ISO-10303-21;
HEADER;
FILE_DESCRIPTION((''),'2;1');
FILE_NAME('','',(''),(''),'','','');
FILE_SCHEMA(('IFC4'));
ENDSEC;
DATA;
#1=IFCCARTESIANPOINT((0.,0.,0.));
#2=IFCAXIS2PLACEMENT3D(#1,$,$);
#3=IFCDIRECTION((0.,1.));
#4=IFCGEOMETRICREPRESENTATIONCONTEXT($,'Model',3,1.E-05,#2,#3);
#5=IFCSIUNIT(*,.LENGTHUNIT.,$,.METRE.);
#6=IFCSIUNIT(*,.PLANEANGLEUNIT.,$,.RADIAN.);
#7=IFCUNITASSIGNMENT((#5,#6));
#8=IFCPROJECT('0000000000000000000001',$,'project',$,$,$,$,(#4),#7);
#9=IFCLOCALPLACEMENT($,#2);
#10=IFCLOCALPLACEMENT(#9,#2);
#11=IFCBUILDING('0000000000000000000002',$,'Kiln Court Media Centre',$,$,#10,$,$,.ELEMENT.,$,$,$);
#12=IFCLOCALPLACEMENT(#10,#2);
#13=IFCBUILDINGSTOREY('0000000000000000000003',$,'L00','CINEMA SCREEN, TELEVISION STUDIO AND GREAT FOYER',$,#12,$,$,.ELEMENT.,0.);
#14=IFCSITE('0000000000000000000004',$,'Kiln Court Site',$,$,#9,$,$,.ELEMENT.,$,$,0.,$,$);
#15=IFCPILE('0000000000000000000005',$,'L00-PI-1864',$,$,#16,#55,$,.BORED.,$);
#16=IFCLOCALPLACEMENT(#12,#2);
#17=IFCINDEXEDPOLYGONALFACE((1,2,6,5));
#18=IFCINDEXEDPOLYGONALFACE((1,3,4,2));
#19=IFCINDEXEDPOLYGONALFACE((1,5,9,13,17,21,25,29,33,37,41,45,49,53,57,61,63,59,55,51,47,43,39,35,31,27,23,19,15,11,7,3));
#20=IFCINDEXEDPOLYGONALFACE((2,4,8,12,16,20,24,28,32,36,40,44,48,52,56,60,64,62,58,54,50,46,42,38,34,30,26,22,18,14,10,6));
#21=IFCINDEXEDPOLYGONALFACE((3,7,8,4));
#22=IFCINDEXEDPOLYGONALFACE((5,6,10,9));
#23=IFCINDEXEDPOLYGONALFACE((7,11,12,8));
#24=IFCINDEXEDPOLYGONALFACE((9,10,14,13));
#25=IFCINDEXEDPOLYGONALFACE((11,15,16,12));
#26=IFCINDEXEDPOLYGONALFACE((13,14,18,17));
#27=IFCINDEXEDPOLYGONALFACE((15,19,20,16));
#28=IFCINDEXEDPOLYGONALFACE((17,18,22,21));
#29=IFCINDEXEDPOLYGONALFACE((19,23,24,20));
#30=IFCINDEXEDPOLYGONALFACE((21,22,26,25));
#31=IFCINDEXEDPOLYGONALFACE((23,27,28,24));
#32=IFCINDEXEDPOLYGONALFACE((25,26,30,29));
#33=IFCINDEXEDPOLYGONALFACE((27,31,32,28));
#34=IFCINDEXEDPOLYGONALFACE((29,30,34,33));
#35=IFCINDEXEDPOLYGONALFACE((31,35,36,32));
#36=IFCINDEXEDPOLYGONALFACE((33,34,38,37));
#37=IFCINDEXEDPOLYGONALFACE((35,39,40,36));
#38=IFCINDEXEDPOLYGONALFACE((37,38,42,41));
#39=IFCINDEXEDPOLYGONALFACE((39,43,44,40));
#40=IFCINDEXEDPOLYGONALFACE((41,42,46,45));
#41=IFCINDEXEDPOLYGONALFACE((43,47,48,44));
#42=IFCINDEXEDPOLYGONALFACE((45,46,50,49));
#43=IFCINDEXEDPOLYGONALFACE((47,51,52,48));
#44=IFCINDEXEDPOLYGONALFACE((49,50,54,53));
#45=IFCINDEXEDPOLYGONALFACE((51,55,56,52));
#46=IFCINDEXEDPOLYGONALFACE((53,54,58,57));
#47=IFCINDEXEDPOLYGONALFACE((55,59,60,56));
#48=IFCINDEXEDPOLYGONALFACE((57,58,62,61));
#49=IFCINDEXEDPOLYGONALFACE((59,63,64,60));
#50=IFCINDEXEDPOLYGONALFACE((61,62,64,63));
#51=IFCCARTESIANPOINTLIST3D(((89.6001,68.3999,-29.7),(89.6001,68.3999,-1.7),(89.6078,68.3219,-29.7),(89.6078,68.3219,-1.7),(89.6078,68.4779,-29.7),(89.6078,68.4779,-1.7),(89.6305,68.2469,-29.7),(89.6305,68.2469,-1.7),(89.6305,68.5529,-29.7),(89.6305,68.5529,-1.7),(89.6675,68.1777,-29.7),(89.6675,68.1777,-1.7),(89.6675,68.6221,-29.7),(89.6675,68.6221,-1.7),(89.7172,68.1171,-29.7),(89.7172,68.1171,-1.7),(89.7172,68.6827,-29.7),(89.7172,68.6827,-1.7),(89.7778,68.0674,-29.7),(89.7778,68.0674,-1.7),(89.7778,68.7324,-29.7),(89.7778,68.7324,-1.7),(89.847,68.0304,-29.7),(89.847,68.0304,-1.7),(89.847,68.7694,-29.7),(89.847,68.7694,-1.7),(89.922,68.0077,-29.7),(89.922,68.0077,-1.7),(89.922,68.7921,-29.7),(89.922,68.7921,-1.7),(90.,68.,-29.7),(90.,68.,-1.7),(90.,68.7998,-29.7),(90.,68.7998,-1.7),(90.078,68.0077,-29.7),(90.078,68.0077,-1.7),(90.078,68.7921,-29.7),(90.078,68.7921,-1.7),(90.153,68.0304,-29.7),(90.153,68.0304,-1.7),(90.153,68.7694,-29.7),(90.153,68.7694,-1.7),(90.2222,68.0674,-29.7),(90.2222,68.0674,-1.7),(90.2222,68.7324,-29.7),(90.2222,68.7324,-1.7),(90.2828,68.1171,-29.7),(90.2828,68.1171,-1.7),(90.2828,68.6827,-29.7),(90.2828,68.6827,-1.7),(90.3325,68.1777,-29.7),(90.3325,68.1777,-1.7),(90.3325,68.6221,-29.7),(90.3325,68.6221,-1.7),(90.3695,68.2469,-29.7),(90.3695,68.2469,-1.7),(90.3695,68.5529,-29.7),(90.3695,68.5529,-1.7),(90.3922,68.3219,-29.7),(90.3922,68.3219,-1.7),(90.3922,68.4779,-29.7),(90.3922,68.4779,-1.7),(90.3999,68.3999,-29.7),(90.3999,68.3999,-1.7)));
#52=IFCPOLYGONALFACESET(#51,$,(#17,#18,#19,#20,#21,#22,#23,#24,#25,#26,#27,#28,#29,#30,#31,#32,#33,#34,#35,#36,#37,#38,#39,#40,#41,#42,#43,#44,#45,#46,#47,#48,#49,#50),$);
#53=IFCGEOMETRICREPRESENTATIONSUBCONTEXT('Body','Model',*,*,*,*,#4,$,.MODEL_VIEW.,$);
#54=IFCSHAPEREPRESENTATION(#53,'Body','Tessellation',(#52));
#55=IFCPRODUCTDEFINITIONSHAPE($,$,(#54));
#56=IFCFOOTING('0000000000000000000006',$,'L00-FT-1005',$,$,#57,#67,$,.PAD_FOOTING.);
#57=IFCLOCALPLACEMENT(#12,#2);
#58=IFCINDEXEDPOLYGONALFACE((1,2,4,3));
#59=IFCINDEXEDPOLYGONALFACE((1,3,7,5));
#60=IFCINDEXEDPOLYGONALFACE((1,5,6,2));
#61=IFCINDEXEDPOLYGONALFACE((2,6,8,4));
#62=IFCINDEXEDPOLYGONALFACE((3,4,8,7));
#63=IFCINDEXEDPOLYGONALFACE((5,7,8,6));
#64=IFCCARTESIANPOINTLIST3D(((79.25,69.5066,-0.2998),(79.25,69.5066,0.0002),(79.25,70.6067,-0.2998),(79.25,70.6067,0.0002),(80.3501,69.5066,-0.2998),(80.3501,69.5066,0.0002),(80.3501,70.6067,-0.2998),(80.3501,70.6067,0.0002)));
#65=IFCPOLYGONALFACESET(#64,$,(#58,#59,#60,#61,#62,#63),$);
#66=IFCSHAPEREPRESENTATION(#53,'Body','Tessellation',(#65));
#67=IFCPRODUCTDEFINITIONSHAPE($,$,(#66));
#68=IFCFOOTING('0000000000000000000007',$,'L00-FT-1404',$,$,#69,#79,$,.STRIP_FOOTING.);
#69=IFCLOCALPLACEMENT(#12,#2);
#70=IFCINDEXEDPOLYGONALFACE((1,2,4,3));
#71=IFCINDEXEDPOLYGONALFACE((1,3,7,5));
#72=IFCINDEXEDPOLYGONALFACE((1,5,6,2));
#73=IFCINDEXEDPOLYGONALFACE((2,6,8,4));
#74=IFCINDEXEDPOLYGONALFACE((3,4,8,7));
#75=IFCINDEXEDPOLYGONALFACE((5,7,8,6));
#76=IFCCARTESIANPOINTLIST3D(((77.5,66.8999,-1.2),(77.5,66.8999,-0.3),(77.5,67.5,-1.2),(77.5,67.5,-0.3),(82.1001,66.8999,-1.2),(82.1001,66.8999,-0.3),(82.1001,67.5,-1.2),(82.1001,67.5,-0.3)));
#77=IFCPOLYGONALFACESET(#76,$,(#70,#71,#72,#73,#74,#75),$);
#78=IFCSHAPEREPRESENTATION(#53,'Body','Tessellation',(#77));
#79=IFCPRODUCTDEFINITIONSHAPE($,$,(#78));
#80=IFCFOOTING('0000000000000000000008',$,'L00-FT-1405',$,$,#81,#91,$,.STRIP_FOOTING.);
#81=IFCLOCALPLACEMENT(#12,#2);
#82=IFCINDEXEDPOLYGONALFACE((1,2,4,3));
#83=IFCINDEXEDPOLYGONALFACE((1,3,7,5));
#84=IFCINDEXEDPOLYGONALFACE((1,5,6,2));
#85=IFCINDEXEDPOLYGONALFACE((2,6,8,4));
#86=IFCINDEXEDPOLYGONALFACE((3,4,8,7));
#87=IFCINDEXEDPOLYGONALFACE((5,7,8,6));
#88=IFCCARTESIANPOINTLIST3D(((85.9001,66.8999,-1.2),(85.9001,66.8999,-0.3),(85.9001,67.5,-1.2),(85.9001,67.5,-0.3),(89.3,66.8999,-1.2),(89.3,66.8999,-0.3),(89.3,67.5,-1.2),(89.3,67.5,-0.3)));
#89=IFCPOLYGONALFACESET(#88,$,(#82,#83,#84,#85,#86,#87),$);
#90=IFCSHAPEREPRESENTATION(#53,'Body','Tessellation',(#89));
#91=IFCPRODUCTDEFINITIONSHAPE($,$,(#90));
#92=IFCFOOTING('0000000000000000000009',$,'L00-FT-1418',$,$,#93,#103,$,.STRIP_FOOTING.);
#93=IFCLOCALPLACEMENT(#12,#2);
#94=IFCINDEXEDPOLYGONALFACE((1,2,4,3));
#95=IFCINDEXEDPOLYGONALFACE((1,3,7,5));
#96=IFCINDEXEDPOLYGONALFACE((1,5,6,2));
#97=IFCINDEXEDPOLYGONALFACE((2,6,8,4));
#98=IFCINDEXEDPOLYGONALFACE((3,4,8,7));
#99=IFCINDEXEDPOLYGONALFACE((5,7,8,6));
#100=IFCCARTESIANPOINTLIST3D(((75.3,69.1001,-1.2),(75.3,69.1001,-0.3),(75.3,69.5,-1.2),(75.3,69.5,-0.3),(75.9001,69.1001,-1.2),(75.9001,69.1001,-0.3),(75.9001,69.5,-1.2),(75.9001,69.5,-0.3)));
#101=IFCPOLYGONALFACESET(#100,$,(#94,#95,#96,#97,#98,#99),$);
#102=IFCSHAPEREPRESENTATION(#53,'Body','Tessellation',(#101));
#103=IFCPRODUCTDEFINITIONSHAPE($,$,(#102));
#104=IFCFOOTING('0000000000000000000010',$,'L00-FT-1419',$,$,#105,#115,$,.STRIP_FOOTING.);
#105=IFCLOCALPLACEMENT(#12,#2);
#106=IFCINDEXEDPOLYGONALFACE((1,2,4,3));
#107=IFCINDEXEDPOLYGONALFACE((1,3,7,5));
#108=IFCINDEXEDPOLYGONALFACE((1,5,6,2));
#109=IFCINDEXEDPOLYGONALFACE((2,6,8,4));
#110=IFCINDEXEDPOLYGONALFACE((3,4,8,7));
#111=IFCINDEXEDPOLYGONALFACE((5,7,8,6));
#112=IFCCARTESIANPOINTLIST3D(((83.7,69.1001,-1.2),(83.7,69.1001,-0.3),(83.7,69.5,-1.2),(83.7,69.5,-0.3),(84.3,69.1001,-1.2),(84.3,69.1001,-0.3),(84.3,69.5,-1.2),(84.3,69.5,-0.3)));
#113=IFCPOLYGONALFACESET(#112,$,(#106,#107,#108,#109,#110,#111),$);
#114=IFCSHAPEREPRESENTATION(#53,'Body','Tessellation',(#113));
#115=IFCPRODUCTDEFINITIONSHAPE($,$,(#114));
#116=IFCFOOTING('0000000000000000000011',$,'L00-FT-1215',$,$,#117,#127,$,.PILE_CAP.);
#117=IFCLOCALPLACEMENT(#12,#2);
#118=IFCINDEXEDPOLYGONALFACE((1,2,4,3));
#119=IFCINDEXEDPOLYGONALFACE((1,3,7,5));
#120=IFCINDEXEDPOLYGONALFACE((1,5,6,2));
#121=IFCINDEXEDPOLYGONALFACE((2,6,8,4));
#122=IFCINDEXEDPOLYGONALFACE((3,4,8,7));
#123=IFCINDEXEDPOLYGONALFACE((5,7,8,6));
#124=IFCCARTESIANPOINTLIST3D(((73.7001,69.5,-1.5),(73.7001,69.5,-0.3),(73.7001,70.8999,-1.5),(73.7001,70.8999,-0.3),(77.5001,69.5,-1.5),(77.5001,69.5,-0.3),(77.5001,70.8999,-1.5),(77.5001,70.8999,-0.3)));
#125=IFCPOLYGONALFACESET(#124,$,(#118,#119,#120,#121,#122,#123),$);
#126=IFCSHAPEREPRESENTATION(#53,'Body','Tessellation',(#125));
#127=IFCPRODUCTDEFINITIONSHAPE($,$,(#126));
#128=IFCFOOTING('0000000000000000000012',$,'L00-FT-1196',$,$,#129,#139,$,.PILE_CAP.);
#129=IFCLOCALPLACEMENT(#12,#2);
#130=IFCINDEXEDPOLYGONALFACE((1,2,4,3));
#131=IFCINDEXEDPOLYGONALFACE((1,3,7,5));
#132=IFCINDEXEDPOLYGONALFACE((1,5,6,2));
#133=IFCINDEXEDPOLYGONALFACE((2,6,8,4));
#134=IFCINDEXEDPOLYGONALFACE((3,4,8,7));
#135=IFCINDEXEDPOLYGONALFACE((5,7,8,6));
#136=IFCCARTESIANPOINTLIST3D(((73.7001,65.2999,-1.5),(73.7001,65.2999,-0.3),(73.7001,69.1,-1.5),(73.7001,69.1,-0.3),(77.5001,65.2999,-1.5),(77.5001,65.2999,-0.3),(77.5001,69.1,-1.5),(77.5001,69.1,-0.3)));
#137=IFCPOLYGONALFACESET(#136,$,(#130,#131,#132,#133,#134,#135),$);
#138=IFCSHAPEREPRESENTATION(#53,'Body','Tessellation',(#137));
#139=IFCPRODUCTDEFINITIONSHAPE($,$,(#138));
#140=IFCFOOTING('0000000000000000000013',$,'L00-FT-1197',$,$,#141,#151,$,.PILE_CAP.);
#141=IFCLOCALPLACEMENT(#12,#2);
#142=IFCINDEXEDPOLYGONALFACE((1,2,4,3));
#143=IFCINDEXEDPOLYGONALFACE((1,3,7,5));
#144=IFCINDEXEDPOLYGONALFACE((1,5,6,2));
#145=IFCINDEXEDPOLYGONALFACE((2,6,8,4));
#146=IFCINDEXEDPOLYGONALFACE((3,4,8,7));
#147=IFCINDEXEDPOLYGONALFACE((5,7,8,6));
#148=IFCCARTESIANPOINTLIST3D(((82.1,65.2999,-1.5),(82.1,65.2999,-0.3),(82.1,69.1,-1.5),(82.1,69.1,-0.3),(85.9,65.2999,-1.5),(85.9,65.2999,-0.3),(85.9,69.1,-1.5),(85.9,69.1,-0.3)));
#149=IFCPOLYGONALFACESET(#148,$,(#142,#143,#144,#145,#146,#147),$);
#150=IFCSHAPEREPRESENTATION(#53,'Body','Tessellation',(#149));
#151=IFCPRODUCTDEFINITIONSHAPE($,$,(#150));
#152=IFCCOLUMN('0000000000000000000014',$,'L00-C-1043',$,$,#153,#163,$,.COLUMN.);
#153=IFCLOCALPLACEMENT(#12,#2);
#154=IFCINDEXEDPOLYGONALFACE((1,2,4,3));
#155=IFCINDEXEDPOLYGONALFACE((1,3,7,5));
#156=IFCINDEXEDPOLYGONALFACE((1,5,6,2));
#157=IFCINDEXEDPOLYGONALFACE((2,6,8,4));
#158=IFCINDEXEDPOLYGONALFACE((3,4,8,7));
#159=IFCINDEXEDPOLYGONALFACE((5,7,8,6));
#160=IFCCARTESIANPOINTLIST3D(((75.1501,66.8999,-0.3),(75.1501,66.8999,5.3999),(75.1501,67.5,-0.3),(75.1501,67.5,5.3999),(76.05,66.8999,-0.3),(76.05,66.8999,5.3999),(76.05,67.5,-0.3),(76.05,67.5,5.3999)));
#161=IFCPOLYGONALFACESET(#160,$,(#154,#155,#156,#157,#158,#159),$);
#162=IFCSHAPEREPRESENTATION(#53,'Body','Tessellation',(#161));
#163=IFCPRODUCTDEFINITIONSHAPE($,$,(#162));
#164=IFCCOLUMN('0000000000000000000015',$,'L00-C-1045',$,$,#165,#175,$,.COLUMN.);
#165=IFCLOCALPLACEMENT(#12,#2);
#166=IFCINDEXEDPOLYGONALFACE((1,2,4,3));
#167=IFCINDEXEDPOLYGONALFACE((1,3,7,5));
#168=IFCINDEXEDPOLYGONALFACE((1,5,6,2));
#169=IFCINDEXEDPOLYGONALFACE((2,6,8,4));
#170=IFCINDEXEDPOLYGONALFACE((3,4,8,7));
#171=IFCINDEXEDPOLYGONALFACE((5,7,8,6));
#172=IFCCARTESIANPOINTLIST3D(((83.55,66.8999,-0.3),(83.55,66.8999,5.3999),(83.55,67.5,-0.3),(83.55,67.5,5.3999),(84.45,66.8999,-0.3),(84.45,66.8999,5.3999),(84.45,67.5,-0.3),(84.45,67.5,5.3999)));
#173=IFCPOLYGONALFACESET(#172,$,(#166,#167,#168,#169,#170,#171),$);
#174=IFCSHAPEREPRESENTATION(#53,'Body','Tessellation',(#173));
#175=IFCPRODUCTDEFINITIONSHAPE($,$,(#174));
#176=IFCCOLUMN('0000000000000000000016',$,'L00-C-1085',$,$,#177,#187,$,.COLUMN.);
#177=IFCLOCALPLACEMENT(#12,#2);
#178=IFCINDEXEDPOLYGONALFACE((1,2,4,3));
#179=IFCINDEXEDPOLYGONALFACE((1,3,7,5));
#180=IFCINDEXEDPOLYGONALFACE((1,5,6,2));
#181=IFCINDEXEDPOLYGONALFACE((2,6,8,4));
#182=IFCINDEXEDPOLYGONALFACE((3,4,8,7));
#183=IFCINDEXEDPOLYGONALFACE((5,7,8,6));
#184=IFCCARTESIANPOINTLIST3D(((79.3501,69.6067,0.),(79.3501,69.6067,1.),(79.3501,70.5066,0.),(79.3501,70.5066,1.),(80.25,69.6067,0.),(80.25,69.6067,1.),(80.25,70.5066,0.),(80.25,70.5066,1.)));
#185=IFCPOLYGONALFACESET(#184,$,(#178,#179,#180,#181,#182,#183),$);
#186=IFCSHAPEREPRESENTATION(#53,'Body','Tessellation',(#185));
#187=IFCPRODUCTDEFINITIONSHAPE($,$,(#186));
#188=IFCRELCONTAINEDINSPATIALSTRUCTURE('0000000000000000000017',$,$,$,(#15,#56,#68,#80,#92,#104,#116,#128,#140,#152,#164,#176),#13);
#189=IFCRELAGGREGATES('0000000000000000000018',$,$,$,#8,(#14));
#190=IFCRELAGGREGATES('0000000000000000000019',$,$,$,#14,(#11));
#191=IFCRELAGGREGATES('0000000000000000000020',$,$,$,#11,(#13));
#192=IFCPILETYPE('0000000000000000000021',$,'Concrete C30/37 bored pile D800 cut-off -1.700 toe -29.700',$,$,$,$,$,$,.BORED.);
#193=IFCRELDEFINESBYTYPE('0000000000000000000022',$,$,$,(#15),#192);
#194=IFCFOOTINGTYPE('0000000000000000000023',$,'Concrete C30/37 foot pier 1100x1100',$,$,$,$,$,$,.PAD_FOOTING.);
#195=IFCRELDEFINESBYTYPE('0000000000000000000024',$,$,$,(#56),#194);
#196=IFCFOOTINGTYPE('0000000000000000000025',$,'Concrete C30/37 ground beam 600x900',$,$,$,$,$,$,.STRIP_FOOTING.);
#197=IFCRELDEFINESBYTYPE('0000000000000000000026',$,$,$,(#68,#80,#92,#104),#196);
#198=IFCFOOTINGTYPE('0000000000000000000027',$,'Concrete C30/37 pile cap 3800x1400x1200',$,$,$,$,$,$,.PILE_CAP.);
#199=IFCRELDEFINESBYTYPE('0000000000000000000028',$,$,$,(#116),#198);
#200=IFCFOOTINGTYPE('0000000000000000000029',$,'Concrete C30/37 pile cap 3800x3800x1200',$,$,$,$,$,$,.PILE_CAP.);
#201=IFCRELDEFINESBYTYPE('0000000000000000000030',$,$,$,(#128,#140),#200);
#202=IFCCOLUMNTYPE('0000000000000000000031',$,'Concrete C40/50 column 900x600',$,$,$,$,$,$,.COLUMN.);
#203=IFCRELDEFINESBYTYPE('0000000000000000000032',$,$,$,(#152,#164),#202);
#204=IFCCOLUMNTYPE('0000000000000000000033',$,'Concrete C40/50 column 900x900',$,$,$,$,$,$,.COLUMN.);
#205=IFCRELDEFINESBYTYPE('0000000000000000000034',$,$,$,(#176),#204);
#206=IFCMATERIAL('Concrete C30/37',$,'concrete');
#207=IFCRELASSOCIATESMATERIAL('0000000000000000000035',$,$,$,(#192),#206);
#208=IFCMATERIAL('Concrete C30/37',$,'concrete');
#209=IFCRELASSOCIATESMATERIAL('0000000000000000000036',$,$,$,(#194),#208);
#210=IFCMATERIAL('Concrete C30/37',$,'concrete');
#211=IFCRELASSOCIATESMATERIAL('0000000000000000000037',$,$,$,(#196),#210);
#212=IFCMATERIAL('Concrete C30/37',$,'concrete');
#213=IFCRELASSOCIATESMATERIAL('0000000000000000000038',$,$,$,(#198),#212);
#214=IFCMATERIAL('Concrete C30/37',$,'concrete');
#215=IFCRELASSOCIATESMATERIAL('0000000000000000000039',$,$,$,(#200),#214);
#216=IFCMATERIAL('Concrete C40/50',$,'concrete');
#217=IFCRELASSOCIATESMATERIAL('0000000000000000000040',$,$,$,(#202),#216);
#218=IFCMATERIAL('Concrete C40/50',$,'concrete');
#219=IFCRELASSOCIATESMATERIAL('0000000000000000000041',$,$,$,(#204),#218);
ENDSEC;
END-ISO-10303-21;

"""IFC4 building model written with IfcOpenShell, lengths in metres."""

from ifc_helpers import new_model, si_unit, direction, frame, origin, origin_2d, place, context, subcontext, project, spatial, rectangle, circle, extrude, material, material_profile, profile_set, type_object, element, save


model = new_model("IFC4")

# Units and contexts
model_context = context("Model", 3, precision=1e-05, world=origin(), true_north=direction((0.0, 1.0)))
body_context = subcontext(model_context, "Body", "Model", "MODEL_VIEW")
ifc_project = project(units=[si_unit("LENGTHUNIT", "METRE"), si_unit("PLANEANGLEUNIT", "RADIAN")], contexts=[model_context])

# Site, building, storey
site_placement = place(None, origin())
site = spatial("IfcSite", under=ifc_project, at=site_placement, Name="Kiln Court Site", CompositionType="ELEMENT", RefElevation=0.0)
building_placement = place(site_placement, origin())
building = spatial("IfcBuilding", under=site, at=building_placement, Name="Kiln Court Media Centre", CompositionType="ELEMENT")
storey_placement = place(building_placement, origin())
storey = spatial("IfcBuildingStorey", under=building, at=storey_placement, Name="L00", Description="CINEMA SCREEN, TELEVISION STUDIO AND GREAT FOYER", CompositionType="ELEMENT", Elevation=0.0)

# Pile
ifc_material_1 = material(Name="Concrete C30/37", Category="concrete")
ifc_material_profile_1 = material_profile(ifc_material_1, circle(Radius=0.3999, at=origin_2d()), Name="PILE D800")
ifc_profile_set_1 = profile_set([ifc_material_profile_1], Name="Concrete C30/37")
pile_type_1 = type_object("IfcPileType", Name="Concrete C30/37 bored pile D800 cut-off -1.700 toe -29.700", PredefinedType="BORED", material=ifc_profile_set_1)
pile_placement = place(storey_placement, frame((90.0, 68.3999, -1.7), z_axis=(0.0, 0.0, -1.0), x_axis=(1.0, 0.0, 0.0)))
element("IfcPile", 1, at=pile_placement, inside=storey, type_object=pile_type_1, Name="L00-PI-1864", PredefinedType="BORED", context=body_context, shape_type="SweptSolid", body=[
    extrude(circle(Radius=0.3999, at=origin_2d()), origin(), (0.0, 0.0, 1.0), 28.0),
])

# Footings
ifc_material_2 = material(Name="Concrete C30/37", Category="concrete")
footing_type_1 = type_object("IfcFootingType", Name="Concrete C30/37 foot pier 1100x1100", PredefinedType="PAD_FOOTING", material=ifc_material_2)
footing_1_placement = place(storey_placement, frame((79.8, 70.0566, -0.2998), z_axis=(0.0, 0.0, 1.0), x_axis=(1.0, 0.0, 0.0)))
element("IfcFooting", 2, at=footing_1_placement, inside=storey, type_object=footing_type_1, Name="L00-FT-1005", PredefinedType="PAD_FOOTING", context=body_context, shape_type="SweptSolid", body=[
    extrude(rectangle(XDim=1.1001, YDim=1.1001, at=origin_2d()), origin(), (0.0, 0.0, 1.0), 0.3),
])
ifc_material_3 = material(Name="Concrete C30/37", Category="concrete")
footing_type_2 = type_object("IfcFootingType", Name="Concrete C30/37 ground beam 600x900", PredefinedType="STRIP_FOOTING", material=ifc_material_3)
footing_2_placement = place(storey_placement, frame((79.8, 67.2, -1.2), z_axis=(0.0, 0.0, 1.0), x_axis=(1.0, 0.0, 0.0)))
element("IfcFooting", 3, at=footing_2_placement, inside=storey, type_object=footing_type_2, Name="L00-FT-1404", PredefinedType="STRIP_FOOTING", context=body_context, shape_type="SweptSolid", body=[
    extrude(rectangle(XDim=4.6001, YDim=0.6001, at=origin_2d()), origin(), (0.0, 0.0, 1.0), 0.8999),
])
footing_3_placement = place(storey_placement, frame((87.6001, 67.2, -1.2), z_axis=(0.0, 0.0, 1.0), x_axis=(1.0, 0.0, 0.0)))
element("IfcFooting", 4, at=footing_3_placement, inside=storey, type_object=footing_type_2, Name="L00-FT-1405", PredefinedType="STRIP_FOOTING", context=body_context, shape_type="SweptSolid", body=[
    extrude(rectangle(XDim=3.3999, YDim=0.6001, at=origin_2d()), origin(), (0.0, 0.0, 1.0), 0.8999),
])
for number, where, z_axis, x_axis, name in (
    (5, (75.6001, 69.3, -1.2), (0.0, 0.0, 1.0), (1.0, 0.0, 0.0), "L00-FT-1418"),
    (6, (84.0, 69.3, -1.2), (0.0, 0.0, 1.0), (1.0, 0.0, 0.0), "L00-FT-1419"),
):
    element("IfcFooting", number, at=place(storey_placement, frame(where, z_axis=z_axis, x_axis=x_axis)), inside=storey, type_object=footing_type_2, Name=name, PredefinedType="STRIP_FOOTING", context=body_context, shape_type="SweptSolid", body=[
        extrude(rectangle(XDim=0.6001, YDim=0.3999, at=origin_2d()), origin(), (0.0, 0.0, 1.0), 0.8999),
    ])
ifc_material_4 = material(Name="Concrete C30/37", Category="concrete")
footing_type_3 = type_object("IfcFootingType", Name="Concrete C30/37 pile cap 3800x1400x1200", PredefinedType="PILE_CAP", material=ifc_material_4)
footing_4_placement = place(storey_placement, frame((75.6001, 70.2, -1.5), z_axis=(0.0, 0.0, 1.0), x_axis=(1.0, 0.0, 0.0)))
element("IfcFooting", 7, at=footing_4_placement, inside=storey, type_object=footing_type_3, Name="L00-FT-1215", PredefinedType="PILE_CAP", context=body_context, shape_type="SweptSolid", body=[
    extrude(rectangle(XDim=3.8, YDim=1.3999, at=origin_2d()), origin(), (0.0, 0.0, 1.0), 1.2),
])
ifc_material_5 = material(Name="Concrete C30/37", Category="concrete")
footing_type_4 = type_object("IfcFootingType", Name="Concrete C30/37 pile cap 3800x3800x1200", PredefinedType="PILE_CAP", material=ifc_material_5)
for number, where, z_axis, x_axis, name in (
    (8, (75.6001, 67.2, -1.5), (0.0, 0.0, 1.0), (1.0, 0.0, 0.0), "L00-FT-1196"),
    (9, (84.0, 67.2, -1.5), (0.0, 0.0, 1.0), (1.0, 0.0, 0.0), "L00-FT-1197"),
):
    element("IfcFooting", number, at=place(storey_placement, frame(where, z_axis=z_axis, x_axis=x_axis)), inside=storey, type_object=footing_type_4, Name=name, PredefinedType="PILE_CAP", context=body_context, shape_type="SweptSolid", body=[
        extrude(rectangle(XDim=3.8, YDim=3.8, at=origin_2d()), origin(), (0.0, 0.0, 1.0), 1.2),
    ])

# Columns
ifc_material_6 = material(Name="Concrete C40/50", Category="concrete")
ifc_material_profile_2 = material_profile(ifc_material_6, rectangle(XDim=0.8999, YDim=0.6001, at=origin_2d()), Name="RC 900x600")
ifc_profile_set_2 = profile_set([ifc_material_profile_2], Name="Concrete C40/50")
column_type_1 = type_object("IfcColumnType", Name="Concrete C40/50 column 900x600", PredefinedType="COLUMN", material=ifc_profile_set_2)
for number, where, z_axis, x_axis, name in (
    (10, (75.6001, 67.2, -0.3), (0.0, 0.0, 1.0), (1.0, 0.0, 0.0), "L00-C-1043"),
    (11, (84.0, 67.2, -0.3), (0.0, 0.0, 1.0), (1.0, 0.0, 0.0), "L00-C-1045"),
):
    element("IfcColumn", number, at=place(storey_placement, frame(where, z_axis=z_axis, x_axis=x_axis)), inside=storey, type_object=column_type_1, Name=name, PredefinedType="COLUMN", context=body_context, shape_type="SweptSolid", body=[
        extrude(rectangle(XDim=0.8999, YDim=0.6001, at=origin_2d()), origin(), (0.0, 0.0, 1.0), 5.7),
    ])
ifc_material_7 = material(Name="Concrete C40/50", Category="concrete")
ifc_material_profile_3 = material_profile(ifc_material_7, rectangle(XDim=0.8999, YDim=0.8999, at=origin_2d()), Name="RC 900x900")
ifc_profile_set_3 = profile_set([ifc_material_profile_3], Name="Concrete C40/50")
column_type_2 = type_object("IfcColumnType", Name="Concrete C40/50 column 900x900", PredefinedType="COLUMN", material=ifc_profile_set_3)
column_placement = place(storey_placement, frame((79.8, 70.0566, 0.0), z_axis=(0.0, 0.0, 1.0), x_axis=(1.0, 0.0, 0.0)))
element("IfcColumn", 12, at=column_placement, inside=storey, type_object=column_type_2, Name="L00-C-1085", PredefinedType="COLUMN", context=body_context, shape_type="SweptSolid", body=[
    extrude(rectangle(XDim=0.8999, YDim=0.8999, at=origin_2d()), origin(), (0.0, 0.0, 1.0), 1.0),
])

save(model, "model.ifc")
